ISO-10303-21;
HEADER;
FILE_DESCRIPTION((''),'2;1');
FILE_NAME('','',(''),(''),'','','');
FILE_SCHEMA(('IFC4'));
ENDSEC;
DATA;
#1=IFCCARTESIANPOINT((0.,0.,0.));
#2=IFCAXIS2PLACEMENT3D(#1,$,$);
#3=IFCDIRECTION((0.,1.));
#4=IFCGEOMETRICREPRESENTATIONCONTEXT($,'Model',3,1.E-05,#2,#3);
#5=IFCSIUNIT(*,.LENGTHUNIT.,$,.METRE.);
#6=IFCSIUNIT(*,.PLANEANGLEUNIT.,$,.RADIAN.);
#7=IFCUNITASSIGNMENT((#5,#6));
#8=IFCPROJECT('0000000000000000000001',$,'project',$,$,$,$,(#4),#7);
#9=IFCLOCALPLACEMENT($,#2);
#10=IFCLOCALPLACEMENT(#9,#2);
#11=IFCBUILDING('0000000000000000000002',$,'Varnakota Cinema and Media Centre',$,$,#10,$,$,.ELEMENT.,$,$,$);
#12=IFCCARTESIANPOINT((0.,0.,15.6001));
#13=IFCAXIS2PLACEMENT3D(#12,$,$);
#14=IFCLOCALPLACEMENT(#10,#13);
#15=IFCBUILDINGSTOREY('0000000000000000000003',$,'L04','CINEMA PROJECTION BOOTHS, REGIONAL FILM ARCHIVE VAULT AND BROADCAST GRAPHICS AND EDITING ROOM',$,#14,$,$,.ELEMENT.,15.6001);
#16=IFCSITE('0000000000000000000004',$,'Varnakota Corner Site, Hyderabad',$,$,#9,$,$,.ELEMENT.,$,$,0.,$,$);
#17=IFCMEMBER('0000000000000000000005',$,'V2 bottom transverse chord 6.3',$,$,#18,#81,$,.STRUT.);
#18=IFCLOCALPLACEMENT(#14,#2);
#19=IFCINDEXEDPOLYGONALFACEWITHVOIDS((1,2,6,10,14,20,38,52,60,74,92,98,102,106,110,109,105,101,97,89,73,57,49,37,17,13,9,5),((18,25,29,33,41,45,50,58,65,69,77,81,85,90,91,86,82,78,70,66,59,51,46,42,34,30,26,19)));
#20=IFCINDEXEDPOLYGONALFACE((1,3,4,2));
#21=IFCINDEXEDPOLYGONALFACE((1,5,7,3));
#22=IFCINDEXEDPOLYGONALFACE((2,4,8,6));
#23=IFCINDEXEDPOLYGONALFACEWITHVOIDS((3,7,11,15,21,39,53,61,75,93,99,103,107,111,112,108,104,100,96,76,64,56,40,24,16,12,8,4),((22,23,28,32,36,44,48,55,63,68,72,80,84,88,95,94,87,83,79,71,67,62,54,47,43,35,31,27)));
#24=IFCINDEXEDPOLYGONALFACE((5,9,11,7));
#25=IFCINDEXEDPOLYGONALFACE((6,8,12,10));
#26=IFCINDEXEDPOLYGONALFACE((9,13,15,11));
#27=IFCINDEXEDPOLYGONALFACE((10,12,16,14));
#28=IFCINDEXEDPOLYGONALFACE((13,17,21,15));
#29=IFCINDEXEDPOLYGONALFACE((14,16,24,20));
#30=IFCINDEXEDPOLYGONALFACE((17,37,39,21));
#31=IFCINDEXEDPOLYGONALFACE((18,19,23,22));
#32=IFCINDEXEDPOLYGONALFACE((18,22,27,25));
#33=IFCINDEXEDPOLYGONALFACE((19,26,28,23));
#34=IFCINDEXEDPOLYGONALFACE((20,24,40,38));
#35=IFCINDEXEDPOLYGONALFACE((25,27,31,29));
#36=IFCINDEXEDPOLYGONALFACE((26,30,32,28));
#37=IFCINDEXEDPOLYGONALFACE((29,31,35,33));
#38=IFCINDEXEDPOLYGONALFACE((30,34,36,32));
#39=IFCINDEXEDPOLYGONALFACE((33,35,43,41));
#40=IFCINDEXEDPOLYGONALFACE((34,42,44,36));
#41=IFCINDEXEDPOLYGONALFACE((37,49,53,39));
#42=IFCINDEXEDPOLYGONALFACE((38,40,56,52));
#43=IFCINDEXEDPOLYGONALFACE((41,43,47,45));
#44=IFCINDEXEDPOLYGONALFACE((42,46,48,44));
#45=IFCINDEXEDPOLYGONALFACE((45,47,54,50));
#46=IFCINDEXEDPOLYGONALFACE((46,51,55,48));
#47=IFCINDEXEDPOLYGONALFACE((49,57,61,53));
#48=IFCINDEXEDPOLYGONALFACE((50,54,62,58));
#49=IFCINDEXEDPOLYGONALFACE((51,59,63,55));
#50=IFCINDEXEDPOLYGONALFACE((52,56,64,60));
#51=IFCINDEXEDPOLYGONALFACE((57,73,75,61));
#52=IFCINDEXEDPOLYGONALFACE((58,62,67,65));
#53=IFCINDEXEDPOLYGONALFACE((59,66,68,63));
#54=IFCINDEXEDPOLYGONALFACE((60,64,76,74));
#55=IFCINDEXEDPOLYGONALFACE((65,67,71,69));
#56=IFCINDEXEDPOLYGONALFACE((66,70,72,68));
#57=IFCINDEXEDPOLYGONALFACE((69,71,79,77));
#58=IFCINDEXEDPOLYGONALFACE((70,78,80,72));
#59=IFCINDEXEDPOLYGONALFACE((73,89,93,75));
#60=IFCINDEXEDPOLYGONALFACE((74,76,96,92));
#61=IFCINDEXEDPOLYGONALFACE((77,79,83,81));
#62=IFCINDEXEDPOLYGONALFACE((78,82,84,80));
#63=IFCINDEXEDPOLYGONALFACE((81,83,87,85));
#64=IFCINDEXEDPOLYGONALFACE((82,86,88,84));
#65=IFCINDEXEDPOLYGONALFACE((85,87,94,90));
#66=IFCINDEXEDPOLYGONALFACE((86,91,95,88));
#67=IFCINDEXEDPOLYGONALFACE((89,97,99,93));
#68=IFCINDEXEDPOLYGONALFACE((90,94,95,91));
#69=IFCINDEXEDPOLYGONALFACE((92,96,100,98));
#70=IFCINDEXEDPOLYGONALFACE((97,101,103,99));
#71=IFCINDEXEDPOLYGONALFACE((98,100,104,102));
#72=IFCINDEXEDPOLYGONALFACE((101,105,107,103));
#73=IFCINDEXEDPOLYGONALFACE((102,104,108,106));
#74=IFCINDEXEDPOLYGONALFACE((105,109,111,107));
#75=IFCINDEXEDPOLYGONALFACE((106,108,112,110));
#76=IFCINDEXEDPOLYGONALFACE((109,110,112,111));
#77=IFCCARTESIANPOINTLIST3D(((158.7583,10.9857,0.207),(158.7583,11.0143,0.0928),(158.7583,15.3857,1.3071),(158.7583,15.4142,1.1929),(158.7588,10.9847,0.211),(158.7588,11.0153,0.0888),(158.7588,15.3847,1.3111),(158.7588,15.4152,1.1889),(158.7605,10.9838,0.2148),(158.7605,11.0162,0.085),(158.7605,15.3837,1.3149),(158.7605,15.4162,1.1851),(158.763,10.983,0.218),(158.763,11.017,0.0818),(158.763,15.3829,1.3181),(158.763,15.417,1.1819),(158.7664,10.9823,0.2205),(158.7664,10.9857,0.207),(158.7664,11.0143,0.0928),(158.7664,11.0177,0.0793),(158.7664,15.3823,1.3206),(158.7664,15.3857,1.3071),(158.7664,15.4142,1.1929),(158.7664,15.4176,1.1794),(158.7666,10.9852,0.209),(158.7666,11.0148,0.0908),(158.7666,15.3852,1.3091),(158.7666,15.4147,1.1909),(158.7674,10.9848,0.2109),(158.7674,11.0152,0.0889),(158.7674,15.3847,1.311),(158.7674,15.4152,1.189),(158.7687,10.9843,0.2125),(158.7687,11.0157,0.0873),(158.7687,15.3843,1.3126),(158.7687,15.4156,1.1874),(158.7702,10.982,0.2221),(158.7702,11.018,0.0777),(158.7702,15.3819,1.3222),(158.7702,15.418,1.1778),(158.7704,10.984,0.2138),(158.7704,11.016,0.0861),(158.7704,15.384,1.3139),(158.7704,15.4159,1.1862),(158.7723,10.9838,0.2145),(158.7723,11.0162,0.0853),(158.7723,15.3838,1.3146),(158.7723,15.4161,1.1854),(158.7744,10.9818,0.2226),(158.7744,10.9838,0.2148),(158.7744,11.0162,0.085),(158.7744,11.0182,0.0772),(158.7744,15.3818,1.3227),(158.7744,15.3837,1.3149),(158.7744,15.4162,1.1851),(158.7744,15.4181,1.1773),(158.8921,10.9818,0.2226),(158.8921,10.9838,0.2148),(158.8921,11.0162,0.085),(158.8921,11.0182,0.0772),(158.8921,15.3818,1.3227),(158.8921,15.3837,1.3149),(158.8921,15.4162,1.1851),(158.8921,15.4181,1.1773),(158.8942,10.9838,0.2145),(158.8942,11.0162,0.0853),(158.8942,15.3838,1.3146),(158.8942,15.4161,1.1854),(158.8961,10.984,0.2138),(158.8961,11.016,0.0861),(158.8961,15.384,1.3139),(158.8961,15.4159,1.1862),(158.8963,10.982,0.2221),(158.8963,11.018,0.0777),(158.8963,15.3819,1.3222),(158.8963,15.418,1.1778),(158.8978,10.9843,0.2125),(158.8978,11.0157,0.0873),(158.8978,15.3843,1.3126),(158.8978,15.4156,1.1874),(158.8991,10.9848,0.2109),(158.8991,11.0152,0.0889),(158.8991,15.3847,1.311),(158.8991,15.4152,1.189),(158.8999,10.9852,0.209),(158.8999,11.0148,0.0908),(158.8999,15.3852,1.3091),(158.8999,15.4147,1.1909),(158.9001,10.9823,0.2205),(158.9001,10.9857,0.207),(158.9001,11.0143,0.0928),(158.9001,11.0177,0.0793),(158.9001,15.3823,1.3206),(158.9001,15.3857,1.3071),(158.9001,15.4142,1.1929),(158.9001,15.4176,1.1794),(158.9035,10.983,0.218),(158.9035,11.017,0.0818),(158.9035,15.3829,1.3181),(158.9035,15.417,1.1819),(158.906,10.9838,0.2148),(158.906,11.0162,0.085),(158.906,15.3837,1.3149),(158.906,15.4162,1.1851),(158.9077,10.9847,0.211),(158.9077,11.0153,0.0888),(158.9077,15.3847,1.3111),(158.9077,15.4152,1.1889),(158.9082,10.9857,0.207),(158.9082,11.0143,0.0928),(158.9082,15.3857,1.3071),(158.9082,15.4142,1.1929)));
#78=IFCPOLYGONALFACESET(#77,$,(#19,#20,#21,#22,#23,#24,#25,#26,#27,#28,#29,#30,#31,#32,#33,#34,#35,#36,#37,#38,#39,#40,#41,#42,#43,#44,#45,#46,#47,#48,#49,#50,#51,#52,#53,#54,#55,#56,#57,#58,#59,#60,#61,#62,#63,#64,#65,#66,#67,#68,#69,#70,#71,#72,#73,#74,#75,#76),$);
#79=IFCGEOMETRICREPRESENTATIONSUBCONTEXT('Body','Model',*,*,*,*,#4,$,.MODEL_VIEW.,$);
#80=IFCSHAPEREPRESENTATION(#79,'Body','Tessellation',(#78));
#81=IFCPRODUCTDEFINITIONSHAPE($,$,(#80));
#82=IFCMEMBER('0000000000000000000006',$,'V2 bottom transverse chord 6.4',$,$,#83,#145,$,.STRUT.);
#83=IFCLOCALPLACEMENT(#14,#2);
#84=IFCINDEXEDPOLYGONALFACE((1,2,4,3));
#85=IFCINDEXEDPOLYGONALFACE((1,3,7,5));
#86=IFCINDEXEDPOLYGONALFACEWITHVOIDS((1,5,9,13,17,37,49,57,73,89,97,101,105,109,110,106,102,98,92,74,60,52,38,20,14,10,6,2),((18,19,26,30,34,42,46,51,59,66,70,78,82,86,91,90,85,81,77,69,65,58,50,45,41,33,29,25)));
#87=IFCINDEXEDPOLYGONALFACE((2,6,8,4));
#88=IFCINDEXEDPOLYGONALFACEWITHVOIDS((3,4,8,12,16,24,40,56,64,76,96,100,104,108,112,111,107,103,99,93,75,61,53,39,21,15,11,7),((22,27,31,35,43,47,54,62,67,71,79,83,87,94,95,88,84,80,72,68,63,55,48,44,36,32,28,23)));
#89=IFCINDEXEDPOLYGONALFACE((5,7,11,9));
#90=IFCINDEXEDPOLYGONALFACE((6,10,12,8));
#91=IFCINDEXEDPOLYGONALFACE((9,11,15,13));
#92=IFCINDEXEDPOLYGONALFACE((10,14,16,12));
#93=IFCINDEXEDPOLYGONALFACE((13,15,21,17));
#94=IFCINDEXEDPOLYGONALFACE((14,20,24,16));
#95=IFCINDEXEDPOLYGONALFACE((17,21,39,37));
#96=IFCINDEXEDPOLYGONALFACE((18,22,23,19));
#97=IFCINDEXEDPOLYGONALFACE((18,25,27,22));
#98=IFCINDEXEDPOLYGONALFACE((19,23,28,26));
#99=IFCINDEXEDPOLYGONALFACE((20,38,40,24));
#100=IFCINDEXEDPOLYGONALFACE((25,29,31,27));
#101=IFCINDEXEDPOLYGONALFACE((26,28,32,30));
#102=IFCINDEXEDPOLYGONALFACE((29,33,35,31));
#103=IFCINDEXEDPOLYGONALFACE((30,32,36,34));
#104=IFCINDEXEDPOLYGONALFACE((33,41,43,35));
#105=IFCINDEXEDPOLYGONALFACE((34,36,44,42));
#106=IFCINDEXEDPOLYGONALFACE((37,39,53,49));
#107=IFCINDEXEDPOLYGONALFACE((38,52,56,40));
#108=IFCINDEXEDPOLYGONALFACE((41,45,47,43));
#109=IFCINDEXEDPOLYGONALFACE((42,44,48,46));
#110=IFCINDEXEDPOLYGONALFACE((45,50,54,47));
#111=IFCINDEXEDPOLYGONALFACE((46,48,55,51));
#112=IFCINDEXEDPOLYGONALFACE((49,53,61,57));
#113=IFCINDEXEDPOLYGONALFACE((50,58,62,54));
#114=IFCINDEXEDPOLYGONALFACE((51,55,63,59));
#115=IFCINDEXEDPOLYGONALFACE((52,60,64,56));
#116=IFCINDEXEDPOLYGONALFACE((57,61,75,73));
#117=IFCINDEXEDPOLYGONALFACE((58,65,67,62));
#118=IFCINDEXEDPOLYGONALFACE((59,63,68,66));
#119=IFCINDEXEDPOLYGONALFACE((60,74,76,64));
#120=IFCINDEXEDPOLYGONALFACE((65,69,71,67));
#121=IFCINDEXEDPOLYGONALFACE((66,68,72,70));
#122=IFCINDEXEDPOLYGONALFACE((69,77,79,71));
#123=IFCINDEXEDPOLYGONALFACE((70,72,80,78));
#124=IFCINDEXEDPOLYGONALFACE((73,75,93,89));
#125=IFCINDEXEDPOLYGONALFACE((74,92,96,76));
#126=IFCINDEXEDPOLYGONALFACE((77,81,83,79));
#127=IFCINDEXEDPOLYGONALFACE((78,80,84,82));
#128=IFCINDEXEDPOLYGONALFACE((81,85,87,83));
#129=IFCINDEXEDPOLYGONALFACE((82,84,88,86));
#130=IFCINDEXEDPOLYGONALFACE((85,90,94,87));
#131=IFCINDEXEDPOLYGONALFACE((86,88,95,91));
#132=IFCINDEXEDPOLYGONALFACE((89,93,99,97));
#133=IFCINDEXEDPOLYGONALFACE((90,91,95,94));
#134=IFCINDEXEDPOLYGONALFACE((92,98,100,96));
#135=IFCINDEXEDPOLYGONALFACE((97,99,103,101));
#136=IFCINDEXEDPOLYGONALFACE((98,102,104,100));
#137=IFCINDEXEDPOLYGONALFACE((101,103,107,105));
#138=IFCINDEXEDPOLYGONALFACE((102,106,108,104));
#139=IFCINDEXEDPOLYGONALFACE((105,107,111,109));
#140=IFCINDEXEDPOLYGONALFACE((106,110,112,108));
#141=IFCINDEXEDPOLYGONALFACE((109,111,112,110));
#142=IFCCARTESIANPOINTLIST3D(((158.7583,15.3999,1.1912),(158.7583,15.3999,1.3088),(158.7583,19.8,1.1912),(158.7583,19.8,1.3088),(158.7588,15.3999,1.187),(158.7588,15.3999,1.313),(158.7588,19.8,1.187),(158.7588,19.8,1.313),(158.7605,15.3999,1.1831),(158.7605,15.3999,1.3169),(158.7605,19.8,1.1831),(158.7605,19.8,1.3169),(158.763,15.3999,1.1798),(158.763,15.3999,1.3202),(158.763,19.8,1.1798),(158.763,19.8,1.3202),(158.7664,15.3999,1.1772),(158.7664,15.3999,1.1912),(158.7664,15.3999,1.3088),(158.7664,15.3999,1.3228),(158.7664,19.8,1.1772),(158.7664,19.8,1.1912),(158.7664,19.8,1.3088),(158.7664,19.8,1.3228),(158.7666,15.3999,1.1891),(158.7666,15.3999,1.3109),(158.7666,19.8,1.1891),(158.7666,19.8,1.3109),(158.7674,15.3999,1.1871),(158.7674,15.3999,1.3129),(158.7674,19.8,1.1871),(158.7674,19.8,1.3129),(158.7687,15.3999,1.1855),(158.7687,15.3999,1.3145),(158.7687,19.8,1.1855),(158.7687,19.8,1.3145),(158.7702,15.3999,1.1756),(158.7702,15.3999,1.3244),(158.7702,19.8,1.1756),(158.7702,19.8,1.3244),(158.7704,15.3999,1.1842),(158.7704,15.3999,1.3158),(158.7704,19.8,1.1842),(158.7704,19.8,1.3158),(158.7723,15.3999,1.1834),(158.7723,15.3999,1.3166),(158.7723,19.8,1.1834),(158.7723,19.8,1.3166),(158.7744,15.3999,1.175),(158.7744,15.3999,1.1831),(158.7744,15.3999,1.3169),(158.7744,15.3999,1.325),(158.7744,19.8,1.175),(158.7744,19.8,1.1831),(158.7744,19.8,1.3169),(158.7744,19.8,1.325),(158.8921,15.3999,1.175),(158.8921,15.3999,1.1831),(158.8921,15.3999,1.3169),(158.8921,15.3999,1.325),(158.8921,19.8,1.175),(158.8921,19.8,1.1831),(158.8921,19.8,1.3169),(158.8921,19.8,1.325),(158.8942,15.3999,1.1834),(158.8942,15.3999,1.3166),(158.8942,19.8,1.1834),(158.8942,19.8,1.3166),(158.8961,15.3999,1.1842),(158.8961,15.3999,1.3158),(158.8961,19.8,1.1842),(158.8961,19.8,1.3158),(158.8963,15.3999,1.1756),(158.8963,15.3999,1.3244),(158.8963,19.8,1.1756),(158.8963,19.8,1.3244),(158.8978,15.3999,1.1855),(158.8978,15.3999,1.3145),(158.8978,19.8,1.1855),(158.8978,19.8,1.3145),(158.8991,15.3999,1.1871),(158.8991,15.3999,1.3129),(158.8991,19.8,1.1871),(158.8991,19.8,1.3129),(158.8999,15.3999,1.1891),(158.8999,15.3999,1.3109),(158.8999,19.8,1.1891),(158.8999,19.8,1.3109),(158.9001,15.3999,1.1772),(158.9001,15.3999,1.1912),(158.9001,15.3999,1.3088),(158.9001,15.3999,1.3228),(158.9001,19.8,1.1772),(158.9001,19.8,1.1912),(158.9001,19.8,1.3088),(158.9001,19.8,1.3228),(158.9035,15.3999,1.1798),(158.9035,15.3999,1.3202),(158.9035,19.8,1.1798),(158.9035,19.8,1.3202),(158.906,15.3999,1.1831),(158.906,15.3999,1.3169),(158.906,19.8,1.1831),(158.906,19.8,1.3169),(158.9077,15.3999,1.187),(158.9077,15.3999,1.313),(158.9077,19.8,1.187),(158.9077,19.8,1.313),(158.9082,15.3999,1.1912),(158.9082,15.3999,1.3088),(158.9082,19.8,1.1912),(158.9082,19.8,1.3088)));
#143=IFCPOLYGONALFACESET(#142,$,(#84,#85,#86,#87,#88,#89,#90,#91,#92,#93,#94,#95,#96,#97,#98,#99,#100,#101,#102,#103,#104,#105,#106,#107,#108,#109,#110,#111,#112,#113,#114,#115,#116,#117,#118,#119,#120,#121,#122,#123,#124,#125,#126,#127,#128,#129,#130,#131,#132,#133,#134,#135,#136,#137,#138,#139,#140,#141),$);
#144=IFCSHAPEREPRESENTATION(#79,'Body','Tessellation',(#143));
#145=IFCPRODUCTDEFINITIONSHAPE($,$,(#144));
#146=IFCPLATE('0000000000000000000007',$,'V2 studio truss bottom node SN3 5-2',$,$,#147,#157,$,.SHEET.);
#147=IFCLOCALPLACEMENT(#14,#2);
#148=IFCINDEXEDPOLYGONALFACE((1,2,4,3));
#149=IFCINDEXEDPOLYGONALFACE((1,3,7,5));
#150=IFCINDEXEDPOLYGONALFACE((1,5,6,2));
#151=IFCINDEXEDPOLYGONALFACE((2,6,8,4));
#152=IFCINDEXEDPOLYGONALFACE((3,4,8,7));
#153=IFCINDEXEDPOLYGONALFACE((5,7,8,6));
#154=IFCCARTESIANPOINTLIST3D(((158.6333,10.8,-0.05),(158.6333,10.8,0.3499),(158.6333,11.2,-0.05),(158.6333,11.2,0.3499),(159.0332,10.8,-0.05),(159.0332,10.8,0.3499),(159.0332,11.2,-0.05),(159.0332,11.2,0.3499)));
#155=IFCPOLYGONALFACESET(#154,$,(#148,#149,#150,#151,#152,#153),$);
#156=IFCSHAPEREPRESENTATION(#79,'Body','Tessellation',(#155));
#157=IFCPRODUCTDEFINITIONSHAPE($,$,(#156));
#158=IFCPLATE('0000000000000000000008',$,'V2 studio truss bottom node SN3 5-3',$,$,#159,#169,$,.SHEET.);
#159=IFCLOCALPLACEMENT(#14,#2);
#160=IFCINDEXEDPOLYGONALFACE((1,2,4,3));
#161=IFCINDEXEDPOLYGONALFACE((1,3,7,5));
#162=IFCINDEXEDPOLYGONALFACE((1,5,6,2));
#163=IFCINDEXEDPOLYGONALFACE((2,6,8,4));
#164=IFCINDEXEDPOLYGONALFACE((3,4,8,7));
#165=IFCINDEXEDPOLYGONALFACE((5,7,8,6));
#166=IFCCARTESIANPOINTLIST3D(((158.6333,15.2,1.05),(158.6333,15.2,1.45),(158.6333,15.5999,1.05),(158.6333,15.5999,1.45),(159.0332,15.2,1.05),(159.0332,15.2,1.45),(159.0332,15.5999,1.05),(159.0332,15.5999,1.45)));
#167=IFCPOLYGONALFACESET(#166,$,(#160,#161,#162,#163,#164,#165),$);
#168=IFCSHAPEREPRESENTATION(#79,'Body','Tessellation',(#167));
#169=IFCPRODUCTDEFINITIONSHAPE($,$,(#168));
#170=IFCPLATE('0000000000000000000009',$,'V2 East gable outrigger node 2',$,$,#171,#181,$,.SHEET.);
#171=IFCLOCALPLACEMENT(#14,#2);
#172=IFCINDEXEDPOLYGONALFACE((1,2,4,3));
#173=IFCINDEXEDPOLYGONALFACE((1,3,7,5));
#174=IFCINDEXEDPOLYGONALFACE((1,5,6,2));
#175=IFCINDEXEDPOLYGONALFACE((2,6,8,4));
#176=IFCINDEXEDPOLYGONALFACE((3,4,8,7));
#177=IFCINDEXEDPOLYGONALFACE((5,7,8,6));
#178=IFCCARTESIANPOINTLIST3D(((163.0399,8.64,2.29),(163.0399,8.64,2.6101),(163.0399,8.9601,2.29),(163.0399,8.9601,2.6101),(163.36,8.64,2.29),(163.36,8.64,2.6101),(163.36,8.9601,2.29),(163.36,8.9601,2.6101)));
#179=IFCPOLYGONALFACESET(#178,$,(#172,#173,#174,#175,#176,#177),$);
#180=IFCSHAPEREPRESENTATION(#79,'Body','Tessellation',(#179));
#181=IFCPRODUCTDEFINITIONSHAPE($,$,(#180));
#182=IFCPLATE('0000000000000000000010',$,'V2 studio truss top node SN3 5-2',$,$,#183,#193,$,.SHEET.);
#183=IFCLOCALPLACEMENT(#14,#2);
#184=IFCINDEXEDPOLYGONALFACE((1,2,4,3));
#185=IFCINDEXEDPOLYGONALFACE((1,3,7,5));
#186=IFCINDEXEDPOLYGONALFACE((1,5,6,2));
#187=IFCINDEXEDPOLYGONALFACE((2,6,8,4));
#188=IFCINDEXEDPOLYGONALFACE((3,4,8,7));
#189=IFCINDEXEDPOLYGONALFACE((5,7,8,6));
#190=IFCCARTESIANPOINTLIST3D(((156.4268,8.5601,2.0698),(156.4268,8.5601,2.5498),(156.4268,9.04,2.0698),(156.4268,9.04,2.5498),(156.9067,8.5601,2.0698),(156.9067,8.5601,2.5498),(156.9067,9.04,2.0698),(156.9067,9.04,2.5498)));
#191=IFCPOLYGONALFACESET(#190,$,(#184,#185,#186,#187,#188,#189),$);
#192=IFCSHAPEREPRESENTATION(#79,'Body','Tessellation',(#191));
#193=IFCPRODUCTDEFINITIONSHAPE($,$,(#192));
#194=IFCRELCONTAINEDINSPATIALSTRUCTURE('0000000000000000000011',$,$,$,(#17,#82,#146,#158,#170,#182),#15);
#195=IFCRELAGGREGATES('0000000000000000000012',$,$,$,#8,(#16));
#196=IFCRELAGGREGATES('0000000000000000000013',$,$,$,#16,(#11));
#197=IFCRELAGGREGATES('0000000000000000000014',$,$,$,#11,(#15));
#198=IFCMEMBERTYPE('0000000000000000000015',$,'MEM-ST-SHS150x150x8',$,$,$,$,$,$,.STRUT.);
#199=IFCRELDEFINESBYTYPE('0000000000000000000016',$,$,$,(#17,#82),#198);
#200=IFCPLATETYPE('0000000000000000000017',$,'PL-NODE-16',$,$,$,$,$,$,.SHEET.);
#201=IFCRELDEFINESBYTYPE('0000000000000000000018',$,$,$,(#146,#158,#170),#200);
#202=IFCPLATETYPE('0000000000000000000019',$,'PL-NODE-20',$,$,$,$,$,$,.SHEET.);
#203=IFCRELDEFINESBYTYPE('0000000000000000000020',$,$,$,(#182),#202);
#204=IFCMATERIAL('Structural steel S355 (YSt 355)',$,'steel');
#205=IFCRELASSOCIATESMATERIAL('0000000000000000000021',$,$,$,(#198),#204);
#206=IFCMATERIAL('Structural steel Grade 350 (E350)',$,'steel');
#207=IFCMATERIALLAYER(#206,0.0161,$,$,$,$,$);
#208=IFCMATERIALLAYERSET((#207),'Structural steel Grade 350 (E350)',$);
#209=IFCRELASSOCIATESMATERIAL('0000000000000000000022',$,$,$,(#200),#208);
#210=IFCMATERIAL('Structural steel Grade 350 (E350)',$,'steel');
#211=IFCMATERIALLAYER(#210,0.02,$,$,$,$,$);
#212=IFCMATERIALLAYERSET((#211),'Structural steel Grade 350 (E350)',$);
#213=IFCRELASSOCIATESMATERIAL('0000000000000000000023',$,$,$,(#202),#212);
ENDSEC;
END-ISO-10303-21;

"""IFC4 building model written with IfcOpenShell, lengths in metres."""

from ifc_helpers import new_model, si_unit, direction, frame, origin, origin_2d, place, context, subcontext, project, spatial, rectangle, hollow_rectangle, extrude, material, layer, layer_set, material_profile, profile_set, type_object, element, save


model = new_model("IFC4")

# Units and contexts
model_context = context("Model", 3, precision=1e-05, world=origin(), true_north=direction((0.0, 1.0)))
body_context = subcontext(model_context, "Body", "Model", "MODEL_VIEW")
ifc_project = project(units=[si_unit("LENGTHUNIT", "METRE"), si_unit("PLANEANGLEUNIT", "RADIAN")], contexts=[model_context])

# Site, building, storey
site_placement = place(None, origin())
site = spatial("IfcSite", under=ifc_project, at=site_placement, Name="Varnakota Corner Site, Hyderabad", CompositionType="ELEMENT", RefElevation=0.0)
building_placement = place(site_placement, origin())
building = spatial("IfcBuilding", under=site, at=building_placement, Name="Varnakota Cinema and Media Centre", CompositionType="ELEMENT")
storey_placement = place(building_placement, frame((0.0, 0.0, 15.6001)))
storey = spatial("IfcBuildingStorey", under=building, at=storey_placement, Name="L04", Description="CINEMA PROJECTION BOOTHS, REGIONAL FILM ARCHIVE VAULT AND BROADCAST GRAPHICS AND EDITING ROOM", CompositionType="ELEMENT", Elevation=15.6001)

# Members
ifc_material_1 = material(Name="Structural steel S355 (YSt 355)", Category="steel")
ifc_material_profile_1 = material_profile(ifc_material_1, hollow_rectangle(XDim=0.1499, YDim=0.1499, WallThickness=0.0081, InnerFilletRadius=0.0081, OuterFilletRadius=0.0161, at=origin_2d()), Name="SHS 150x150x8")
ifc_profile_set_1 = profile_set([ifc_material_profile_1], Name="Structural steel S355 (YSt 355)")
member_type_1 = type_object("IfcMemberType", Name="MEM-ST-SHS150x150x8", PredefinedType="STRUT", material=ifc_profile_set_1)
for number, where, z_axis, x_axis, name in (
    (1, (158.8333, 11.0, 0.1499), (0.0, 0.970136, 0.242561), (-1.0, 0.0, 0.0), "V2 bottom transverse chord 6.3"),
):
    element("IfcMember", number, at=place(storey_placement, frame(where, z_axis=z_axis, x_axis=x_axis)), inside=storey, type_object=member_type_1, Name=name, PredefinedType="STRUT", context=body_context, shape_type="SweptSolid", body=[
        extrude(hollow_rectangle(XDim=0.1499, YDim=0.1499, WallThickness=0.0081, InnerFilletRadius=0.0081, OuterFilletRadius=0.0161, at=origin_2d()), origin(), (0.0, 0.0, 1.0), 4.5354),
    ])
member_1_placement = place(storey_placement, frame((158.8333, 15.3999, 1.25), z_axis=(0.0, 1.0, 0.0), x_axis=(-1.0, 0.0, 0.0)))
element("IfcMember", 2, at=member_1_placement, inside=storey, type_object=member_type_1, Name="V2 bottom transverse chord 6.4", PredefinedType="STRUT", context=body_context, shape_type="SweptSolid", body=[
    extrude(hollow_rectangle(XDim=0.1499, YDim=0.1499, WallThickness=0.0081, InnerFilletRadius=0.0081, OuterFilletRadius=0.0161, at=origin_2d()), origin(), (0.0, 0.0, 1.0), 4.4001),
])

# Plates
ifc_material_2 = material(Name="Structural steel Grade 350 (E350)", Category="steel")
ifc_layer_1 = layer(ifc_material_2, 0.0161)
ifc_layer_set_1 = layer_set([ifc_layer_1], Name="Structural steel Grade 350 (E350)")
plate_type_1 = type_object("IfcPlateType", Name="PL-NODE-16", PredefinedType="SHEET", material=ifc_layer_set_1)
for number, where, z_axis, x_axis, name in (
    (3, (158.8333, 11.0, -0.05), (0.0, 0.0, 1.0), (1.0, 0.0, 0.0), "V2 studio truss bottom node SN3 5-2"),
    (4, (158.8333, 15.3999, 1.05), (0.0, 0.0, 1.0), (1.0, 0.0, 0.0), "V2 studio truss bottom node SN3 5-3"),
):
    element("IfcPlate", number, at=place(storey_placement, frame(where, z_axis=z_axis, x_axis=x_axis)), inside=storey, type_object=plate_type_1, Name=name, PredefinedType="SHEET", context=body_context, shape_type="SweptSolid", body=[
        extrude(rectangle(XDim=0.3999, YDim=0.3999, at=origin_2d()), origin(), (0.0, 0.0, 1.0), 0.3999),
    ])
plate_placement = place(storey_placement, frame((163.2, 8.8, 2.29), z_axis=(0.0, 0.0, 1.0), x_axis=(1.0, 0.0, 0.0)))
element("IfcPlate", 5, at=plate_placement, inside=storey, type_object=plate_type_1, Name="V2 East gable outrigger node 2", PredefinedType="SHEET", context=body_context, shape_type="SweptSolid", body=[
    extrude(rectangle(XDim=0.3201, YDim=0.3201, at=origin_2d()), origin(), (0.0, 0.0, 1.0), 0.3201),
])
ifc_material_3 = material(Name="Structural steel Grade 350 (E350)", Category="steel")
ifc_layer_2 = layer(ifc_material_3, 0.02)
ifc_layer_set_2 = layer_set([ifc_layer_2], Name="Structural steel Grade 350 (E350)")
plate_type_2 = type_object("IfcPlateType", Name="PL-NODE-20", PredefinedType="SHEET", material=ifc_layer_set_2)
for number, where, z_axis, x_axis, name in (
    (6, (156.6667, 8.8, 2.0698), (0.0, 0.0, 1.0), (1.0, 0.0, 0.0), "V2 studio truss top node SN3 5-2"),
):
    element("IfcPlate", number, at=place(storey_placement, frame(where, z_axis=z_axis, x_axis=x_axis)), inside=storey, type_object=plate_type_2, Name=name, PredefinedType="SHEET", context=body_context, shape_type="SweptSolid", body=[
        extrude(rectangle(XDim=0.48, YDim=0.48, at=origin_2d()), origin(), (0.0, 0.0, 1.0), 0.48),
    ])

save(model, "model.ifc")
